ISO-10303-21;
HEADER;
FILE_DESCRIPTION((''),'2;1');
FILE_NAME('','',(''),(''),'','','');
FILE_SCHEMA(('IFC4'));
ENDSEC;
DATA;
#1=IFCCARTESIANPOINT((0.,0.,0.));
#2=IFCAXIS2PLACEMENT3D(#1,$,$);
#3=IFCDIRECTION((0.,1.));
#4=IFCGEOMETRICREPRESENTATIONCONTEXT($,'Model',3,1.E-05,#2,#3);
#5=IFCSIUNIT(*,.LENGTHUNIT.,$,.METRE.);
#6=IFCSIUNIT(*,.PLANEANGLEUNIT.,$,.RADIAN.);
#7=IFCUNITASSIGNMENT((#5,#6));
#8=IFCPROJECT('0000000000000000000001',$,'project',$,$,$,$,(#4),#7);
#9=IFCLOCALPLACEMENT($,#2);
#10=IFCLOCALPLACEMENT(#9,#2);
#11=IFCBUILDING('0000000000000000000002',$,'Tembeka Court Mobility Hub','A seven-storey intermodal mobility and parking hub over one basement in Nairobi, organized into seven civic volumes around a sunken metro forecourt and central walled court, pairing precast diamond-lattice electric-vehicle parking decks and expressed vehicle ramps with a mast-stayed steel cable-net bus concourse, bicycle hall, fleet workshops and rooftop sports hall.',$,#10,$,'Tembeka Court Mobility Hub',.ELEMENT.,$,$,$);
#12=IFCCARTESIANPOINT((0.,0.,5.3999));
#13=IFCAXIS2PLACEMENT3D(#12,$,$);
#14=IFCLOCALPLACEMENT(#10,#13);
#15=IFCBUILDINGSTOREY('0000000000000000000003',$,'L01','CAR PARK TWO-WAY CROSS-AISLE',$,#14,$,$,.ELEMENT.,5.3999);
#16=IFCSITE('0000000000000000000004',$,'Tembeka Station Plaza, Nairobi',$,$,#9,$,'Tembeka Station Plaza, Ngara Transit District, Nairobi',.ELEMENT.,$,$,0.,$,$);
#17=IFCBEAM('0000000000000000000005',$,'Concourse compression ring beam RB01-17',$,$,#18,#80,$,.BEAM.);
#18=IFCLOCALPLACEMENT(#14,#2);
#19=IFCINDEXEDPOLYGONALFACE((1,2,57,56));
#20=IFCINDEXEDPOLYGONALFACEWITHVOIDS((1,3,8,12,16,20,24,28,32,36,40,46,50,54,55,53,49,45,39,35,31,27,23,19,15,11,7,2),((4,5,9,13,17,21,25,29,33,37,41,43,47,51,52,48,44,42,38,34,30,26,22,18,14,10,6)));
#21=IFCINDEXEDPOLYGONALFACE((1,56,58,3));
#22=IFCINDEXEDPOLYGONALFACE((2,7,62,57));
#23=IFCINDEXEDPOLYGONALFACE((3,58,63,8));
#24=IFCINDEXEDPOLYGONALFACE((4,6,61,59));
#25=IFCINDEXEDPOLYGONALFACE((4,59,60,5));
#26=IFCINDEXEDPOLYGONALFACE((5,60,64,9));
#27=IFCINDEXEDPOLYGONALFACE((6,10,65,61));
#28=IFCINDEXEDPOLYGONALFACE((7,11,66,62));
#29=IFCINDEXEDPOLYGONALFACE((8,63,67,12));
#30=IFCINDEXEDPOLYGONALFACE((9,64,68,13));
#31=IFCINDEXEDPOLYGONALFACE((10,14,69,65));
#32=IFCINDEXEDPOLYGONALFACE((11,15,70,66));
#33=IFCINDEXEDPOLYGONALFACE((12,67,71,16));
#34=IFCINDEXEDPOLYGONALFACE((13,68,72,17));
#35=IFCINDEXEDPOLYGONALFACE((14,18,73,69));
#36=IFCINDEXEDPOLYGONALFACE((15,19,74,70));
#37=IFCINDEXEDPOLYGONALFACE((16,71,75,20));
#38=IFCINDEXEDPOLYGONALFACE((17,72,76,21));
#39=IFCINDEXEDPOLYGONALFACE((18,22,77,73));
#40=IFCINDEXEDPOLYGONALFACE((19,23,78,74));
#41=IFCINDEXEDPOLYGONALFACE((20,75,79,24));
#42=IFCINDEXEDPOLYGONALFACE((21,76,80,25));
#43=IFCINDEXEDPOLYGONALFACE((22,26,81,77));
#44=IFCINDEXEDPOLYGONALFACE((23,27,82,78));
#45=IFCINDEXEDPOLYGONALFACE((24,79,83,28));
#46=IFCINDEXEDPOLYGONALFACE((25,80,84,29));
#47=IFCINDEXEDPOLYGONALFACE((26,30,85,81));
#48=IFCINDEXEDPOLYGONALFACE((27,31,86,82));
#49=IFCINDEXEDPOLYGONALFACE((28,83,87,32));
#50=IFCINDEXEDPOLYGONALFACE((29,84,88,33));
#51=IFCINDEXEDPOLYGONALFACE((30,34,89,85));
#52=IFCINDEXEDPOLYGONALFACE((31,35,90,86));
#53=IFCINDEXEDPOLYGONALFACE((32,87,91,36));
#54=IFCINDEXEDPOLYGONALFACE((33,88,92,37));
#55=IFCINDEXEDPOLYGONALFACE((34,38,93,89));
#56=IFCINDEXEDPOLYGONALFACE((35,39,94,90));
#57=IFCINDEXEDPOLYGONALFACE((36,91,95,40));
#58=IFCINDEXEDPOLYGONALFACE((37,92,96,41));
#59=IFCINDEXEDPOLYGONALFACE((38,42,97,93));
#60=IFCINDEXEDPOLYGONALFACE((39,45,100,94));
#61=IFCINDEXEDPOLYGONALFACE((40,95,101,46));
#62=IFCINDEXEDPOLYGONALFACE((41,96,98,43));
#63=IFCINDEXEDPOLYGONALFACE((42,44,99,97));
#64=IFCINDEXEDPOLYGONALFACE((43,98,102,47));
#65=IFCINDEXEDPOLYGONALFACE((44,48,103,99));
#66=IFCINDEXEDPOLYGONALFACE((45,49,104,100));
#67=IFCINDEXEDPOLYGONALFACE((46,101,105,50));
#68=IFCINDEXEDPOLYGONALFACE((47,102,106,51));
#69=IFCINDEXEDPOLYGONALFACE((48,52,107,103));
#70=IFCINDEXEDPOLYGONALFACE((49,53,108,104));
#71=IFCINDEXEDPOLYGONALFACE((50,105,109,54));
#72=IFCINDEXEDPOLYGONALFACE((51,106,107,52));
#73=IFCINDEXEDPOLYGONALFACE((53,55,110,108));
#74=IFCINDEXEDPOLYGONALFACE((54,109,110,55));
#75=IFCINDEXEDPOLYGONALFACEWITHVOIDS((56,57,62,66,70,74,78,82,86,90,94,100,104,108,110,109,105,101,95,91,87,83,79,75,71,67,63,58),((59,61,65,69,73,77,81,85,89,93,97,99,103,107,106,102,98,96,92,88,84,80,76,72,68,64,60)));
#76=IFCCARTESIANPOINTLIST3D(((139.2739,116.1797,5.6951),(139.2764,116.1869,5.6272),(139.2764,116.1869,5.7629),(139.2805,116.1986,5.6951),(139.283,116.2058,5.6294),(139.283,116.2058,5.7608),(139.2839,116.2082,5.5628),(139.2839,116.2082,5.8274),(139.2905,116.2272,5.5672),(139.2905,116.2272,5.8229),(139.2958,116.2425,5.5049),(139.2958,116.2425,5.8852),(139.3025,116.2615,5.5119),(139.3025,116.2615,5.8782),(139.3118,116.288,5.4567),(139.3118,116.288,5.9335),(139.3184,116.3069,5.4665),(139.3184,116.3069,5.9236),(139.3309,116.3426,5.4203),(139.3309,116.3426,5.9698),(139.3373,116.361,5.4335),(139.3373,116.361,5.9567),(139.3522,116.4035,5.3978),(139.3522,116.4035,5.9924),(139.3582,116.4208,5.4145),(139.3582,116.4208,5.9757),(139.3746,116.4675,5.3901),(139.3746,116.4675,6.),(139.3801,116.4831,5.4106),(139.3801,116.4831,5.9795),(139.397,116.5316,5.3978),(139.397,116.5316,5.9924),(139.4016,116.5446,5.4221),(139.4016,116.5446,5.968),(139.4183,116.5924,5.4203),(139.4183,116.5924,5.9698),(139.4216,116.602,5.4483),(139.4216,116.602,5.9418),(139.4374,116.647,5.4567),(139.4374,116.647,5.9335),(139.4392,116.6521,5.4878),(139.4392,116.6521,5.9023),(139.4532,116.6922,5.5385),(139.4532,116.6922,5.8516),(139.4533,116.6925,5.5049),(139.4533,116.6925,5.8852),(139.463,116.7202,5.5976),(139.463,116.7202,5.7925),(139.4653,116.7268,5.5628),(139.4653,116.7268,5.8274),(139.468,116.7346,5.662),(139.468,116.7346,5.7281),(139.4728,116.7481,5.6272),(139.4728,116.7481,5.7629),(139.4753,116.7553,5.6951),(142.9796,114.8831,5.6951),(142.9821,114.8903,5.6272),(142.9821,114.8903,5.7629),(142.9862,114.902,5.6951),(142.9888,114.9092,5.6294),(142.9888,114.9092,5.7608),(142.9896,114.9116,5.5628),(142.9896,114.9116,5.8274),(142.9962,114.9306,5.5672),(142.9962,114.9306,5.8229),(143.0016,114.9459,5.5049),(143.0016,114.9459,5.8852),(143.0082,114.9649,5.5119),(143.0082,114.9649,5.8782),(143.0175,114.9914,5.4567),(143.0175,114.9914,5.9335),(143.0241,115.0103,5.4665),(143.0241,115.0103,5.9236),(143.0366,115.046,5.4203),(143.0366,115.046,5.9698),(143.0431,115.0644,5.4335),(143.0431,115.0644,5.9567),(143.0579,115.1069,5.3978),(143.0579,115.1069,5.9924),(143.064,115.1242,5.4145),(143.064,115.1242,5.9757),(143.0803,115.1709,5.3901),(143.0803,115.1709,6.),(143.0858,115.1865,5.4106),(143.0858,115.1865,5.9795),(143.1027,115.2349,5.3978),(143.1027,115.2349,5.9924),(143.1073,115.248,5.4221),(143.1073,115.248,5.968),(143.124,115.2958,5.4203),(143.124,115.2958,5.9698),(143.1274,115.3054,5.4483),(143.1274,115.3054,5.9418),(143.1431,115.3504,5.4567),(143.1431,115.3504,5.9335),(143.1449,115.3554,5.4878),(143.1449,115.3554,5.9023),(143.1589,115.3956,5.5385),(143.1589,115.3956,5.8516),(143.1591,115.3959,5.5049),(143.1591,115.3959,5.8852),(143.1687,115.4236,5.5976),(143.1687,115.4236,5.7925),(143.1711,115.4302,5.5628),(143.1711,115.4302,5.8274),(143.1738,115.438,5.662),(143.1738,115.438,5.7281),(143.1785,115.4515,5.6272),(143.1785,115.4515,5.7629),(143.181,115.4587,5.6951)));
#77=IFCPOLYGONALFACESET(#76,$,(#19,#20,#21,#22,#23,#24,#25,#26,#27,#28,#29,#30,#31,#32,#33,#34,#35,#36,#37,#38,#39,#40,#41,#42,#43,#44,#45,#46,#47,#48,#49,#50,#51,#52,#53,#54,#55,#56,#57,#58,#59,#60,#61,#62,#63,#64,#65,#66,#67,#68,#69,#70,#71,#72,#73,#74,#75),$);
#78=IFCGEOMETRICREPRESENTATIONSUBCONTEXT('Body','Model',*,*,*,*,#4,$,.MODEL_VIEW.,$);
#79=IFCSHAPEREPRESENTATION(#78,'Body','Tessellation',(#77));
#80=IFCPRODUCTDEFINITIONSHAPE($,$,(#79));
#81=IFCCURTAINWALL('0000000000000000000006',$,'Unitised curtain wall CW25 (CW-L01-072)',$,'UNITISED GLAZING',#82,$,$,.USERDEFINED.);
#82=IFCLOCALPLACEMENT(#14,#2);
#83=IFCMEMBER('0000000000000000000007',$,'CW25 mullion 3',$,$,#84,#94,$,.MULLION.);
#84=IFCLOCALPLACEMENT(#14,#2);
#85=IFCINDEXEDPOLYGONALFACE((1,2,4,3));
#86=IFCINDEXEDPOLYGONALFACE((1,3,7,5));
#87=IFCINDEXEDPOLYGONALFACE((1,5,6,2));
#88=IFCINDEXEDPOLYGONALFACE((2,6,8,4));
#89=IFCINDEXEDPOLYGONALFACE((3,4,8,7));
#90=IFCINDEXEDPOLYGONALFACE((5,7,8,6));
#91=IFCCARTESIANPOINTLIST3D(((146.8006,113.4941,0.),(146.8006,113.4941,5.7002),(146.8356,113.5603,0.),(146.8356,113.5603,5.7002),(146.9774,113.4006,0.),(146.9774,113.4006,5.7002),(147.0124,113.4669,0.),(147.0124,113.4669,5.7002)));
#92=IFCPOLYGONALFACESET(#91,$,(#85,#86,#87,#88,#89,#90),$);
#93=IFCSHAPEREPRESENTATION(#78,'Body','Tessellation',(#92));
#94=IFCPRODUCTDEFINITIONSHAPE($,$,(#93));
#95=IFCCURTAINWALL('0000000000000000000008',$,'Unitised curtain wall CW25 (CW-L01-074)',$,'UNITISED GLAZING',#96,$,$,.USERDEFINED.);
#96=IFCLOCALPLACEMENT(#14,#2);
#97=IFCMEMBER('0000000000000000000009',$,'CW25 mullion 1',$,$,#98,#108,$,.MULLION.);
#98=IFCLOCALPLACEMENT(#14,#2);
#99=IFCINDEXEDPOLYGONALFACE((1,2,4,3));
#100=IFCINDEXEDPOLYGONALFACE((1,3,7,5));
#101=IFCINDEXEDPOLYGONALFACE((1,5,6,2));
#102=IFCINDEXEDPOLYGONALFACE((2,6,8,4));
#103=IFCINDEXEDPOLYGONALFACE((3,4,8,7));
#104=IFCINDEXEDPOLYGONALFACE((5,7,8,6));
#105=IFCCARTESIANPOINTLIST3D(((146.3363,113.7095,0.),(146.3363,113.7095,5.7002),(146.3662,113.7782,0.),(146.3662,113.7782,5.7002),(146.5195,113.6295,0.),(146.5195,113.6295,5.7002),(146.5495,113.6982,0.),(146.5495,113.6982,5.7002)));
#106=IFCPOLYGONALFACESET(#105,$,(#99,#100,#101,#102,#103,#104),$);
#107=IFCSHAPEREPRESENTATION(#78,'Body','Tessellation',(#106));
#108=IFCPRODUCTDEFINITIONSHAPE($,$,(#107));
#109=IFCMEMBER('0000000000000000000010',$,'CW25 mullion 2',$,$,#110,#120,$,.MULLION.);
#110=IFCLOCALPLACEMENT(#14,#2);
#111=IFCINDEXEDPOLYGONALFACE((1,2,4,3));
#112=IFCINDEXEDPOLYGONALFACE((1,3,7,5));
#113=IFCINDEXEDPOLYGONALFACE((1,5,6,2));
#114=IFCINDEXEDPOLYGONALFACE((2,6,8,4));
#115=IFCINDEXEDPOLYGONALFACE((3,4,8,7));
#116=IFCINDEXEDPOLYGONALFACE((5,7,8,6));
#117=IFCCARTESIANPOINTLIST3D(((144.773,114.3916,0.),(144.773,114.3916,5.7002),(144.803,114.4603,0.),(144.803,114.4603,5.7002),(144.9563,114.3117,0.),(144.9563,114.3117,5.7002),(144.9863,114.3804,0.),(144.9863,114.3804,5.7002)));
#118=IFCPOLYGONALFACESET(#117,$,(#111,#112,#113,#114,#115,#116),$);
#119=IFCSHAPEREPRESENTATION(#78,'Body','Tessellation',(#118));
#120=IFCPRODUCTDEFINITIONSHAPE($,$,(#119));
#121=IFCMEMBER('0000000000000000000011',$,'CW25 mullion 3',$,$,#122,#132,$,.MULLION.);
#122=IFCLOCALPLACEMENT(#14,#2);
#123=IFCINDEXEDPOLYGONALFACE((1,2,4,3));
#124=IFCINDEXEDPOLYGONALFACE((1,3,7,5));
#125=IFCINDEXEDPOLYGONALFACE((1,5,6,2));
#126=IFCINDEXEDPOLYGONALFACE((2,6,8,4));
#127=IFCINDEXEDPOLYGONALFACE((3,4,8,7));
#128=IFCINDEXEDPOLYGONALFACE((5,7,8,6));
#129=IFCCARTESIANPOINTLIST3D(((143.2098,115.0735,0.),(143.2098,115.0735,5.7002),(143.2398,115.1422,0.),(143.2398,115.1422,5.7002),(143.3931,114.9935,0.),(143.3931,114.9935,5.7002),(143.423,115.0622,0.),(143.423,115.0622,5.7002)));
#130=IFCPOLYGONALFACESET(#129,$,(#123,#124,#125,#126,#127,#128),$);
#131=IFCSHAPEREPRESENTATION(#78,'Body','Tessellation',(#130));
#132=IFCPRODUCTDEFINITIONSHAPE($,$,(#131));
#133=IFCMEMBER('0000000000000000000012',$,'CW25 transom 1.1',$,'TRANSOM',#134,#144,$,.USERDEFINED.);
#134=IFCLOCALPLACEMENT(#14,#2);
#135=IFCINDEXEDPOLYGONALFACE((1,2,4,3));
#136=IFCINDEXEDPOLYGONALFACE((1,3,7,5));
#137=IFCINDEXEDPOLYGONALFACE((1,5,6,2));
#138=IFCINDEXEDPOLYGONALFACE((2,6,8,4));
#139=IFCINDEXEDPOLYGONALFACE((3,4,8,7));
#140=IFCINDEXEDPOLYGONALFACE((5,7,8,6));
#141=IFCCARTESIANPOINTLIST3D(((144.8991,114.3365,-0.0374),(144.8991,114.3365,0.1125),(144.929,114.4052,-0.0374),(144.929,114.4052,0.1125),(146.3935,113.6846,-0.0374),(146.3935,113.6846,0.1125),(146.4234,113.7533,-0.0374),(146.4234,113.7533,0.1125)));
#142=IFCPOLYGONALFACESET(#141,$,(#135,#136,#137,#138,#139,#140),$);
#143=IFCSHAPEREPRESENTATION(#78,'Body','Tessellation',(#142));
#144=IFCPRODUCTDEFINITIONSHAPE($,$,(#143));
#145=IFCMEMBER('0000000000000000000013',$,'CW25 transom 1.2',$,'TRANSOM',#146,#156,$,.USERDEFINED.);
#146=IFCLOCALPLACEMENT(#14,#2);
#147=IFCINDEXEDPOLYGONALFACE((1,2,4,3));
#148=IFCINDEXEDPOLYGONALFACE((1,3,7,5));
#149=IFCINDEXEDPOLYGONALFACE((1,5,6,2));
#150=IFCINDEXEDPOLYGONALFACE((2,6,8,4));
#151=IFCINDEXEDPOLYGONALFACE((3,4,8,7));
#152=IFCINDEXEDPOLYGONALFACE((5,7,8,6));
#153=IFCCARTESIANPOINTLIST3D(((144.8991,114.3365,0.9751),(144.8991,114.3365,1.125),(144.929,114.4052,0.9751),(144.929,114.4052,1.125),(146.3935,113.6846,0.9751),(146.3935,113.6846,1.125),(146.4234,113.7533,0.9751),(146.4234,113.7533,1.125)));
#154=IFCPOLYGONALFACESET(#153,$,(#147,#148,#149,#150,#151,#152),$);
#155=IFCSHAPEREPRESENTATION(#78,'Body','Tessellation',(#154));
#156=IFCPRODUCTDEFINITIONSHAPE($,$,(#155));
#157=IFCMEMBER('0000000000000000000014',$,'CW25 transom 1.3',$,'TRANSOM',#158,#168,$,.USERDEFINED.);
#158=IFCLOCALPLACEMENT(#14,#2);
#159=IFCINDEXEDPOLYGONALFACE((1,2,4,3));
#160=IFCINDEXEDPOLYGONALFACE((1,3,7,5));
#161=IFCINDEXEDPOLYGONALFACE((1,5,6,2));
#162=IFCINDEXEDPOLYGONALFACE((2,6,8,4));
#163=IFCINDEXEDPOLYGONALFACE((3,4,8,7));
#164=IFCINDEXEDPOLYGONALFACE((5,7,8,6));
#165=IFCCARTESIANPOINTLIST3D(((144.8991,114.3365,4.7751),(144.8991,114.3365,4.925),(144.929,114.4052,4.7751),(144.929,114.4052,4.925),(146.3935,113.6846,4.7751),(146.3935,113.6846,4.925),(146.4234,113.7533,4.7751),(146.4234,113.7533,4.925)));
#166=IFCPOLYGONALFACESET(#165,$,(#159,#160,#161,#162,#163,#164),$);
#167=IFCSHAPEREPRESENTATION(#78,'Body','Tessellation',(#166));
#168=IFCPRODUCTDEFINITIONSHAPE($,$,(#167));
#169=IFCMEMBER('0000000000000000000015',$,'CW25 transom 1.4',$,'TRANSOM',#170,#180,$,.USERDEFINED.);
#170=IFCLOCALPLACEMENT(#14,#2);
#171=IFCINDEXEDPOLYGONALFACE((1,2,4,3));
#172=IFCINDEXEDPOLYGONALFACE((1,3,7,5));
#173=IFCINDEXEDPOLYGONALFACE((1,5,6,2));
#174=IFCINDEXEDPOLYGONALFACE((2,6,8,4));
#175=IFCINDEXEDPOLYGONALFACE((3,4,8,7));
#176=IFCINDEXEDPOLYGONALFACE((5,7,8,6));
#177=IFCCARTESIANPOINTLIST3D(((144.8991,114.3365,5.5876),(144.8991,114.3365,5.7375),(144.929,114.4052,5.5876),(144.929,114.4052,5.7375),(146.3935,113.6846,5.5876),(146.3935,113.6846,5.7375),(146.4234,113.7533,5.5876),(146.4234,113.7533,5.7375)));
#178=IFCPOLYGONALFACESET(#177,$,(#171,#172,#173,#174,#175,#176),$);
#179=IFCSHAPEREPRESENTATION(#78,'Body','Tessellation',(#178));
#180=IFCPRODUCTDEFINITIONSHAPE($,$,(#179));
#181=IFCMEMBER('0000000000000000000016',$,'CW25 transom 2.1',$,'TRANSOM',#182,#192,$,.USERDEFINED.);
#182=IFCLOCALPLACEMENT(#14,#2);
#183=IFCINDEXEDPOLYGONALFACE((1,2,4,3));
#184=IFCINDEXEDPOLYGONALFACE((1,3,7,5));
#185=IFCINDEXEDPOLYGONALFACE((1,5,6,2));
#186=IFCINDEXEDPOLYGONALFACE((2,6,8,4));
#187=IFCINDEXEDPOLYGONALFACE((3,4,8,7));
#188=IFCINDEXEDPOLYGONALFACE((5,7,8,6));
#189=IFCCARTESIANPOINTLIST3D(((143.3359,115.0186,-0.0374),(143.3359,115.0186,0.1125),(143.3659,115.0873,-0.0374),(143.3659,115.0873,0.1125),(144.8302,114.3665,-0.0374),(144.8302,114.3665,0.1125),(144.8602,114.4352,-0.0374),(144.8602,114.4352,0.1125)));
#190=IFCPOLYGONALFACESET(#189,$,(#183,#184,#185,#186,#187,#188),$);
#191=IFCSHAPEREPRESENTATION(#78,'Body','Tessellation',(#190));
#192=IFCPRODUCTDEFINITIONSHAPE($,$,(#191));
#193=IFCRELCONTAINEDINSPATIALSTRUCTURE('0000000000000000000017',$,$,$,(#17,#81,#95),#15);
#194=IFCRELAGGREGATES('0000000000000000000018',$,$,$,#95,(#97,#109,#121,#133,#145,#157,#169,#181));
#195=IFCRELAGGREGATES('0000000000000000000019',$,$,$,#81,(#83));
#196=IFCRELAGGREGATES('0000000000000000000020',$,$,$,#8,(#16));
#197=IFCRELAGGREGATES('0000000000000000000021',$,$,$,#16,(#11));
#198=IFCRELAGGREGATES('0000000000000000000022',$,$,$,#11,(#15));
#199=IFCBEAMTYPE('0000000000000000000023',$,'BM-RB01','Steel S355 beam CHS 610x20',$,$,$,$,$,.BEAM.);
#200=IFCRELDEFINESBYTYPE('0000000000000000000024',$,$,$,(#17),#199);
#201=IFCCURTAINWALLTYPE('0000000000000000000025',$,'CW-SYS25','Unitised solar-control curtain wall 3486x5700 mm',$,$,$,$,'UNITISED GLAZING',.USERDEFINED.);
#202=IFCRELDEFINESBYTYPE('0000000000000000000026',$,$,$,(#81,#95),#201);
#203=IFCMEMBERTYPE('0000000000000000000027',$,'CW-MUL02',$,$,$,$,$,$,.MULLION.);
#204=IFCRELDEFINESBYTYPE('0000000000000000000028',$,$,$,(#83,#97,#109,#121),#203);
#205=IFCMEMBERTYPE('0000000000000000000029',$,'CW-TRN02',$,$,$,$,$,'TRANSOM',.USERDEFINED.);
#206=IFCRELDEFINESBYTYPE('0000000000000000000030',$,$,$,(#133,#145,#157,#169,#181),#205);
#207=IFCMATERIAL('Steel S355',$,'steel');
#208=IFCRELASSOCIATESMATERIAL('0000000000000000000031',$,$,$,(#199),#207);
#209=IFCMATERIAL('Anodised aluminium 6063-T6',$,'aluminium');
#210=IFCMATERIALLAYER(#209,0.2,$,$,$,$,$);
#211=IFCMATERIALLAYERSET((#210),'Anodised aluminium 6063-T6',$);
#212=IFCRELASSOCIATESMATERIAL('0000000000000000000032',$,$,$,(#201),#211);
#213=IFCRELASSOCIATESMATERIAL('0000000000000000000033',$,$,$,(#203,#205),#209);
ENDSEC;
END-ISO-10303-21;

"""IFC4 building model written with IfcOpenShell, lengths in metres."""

from ifc_helpers import new_model, si_unit, direction, frame, origin, origin_2d, place, context, subcontext, project, spatial, rectangle, hollow_circle, extrude, material, layer, layer_set, material_profile, profile_set, type_object, element, aggregate, save


model = new_model("IFC4")

# Units and contexts
model_context = context("Model", 3, precision=1e-05, world=origin(), true_north=direction((0.0, 1.0)))
body_context = subcontext(model_context, "Body", "Model", "MODEL_VIEW")
ifc_project = project(units=[si_unit("LENGTHUNIT", "METRE"), si_unit("PLANEANGLEUNIT", "RADIAN")], contexts=[model_context])

# Site, building, storey
site_placement = place(None, origin())
site = spatial("IfcSite", under=ifc_project, at=site_placement, Name="Tembeka Station Plaza, Nairobi", LongName="Tembeka Station Plaza, Ngara Transit District, Nairobi", CompositionType="ELEMENT", RefElevation=0.0)
building_placement = place(site_placement, origin())
building = spatial("IfcBuilding", under=site, at=building_placement, Name="Tembeka Court Mobility Hub", Description="A seven-storey intermodal mobility and parking hub over one basement in Nairobi, organized into seven civic volumes around a sunken metro forecourt and central walled court, pairing precast diamond-lattice electric-vehicle parking decks and expressed vehicle ramps with a mast-stayed steel cable-net bus concourse, bicycle hall, fleet workshops and rooftop sports hall.", LongName="Tembeka Court Mobility Hub", CompositionType="ELEMENT")
storey_placement = place(building_placement, frame((0.0, 0.0, 5.3999)))
storey = spatial("IfcBuildingStorey", under=building, at=storey_placement, Name="L01", Description="CAR PARK TWO-WAY CROSS-AISLE", CompositionType="ELEMENT", Elevation=5.3999)

# Shared definitions
ifc_material_1 = material(Name="Steel S355", Category="steel")

# Beam
ifc_material_profile_1 = material_profile(ifc_material_1, hollow_circle(Radius=0.3049, WallThickness=0.02, at=origin_2d()), Name="CHS 610x20")
ifc_profile_set_1 = profile_set([ifc_material_profile_1], Name="Steel S355")
beam_type = type_object("IfcBeamType", Name="BM-RB01", Description="Steel S355 beam CHS 610x20", PredefinedType="BEAM", material=ifc_profile_set_1)
beam_1_placement = place(storey_placement, frame((143.0803, 115.1709, 5.6951), z_axis=(-0.94389, 0.330259, 0.0), x_axis=(-0.330259, -0.94389, 0.0)))
element("IfcBeam", 1, at=beam_1_placement, inside=storey, type_object=beam_type, Name="Concourse compression ring beam RB01-17", PredefinedType="BEAM", context=body_context, shape_type="SweptSolid", body=[
    extrude(hollow_circle(Radius=0.3049, WallThickness=0.02, at=origin_2d()), origin(), (0.0, 0.0, 1.0), 3.926),
])

# Curtain wall, member
ifc_material_2 = material(Name="Anodised aluminium 6063-T6", Category="aluminium")
ifc_layer_1 = layer(ifc_material_2, 0.2)
ifc_layer_set_1 = layer_set([ifc_layer_1], Name="Anodised aluminium 6063-T6")
curtain_wall_type = type_object("IfcCurtainWallType", Name="CW-SYS25", Description="Unitised solar-control curtain wall 3486x5700 mm", ElementType="UNITISED GLAZING", PredefinedType="USERDEFINED", material=ifc_layer_set_1)
curtain_wall_1_placement = place(storey_placement, origin())
curtain_wall_1 = element("IfcCurtainWall", 2, at=curtain_wall_1_placement, inside=storey, type_object=curtain_wall_type, Name="Unitised curtain wall CW25 (CW-L01-072)", ObjectType="UNITISED GLAZING", PredefinedType="USERDEFINED")
ifc_material_profile_2 = material_profile(ifc_material_2, rectangle(XDim=0.075, YDim=0.2, at=origin_2d()), Name="ALU-MUL 75x200")
ifc_profile_set_2 = profile_set([ifc_material_profile_2], Name="Anodised aluminium 6063-T6")
member_type_1 = type_object("IfcMemberType", Name="CW-MUL02", PredefinedType="MULLION", material=ifc_profile_set_2)
member_1_placement = place(storey_placement, frame((146.9065, 113.4805, 0.0), z_axis=(0.0, 0.0, 1.0), x_axis=(-0.467283, -0.884108, 0.0)))
member_1 = element("IfcMember", 3, at=member_1_placement, type_object=member_type_1, Name="CW25 mullion 3", PredefinedType="MULLION", context=body_context, shape_type="SweptSolid", body=[
    extrude(rectangle(XDim=0.075, YDim=0.2, at=origin_2d()), origin(), (0.0, 0.0, 1.0), 5.7002),
])

# Curtain wall, members
curtain_wall_2_placement = place(storey_placement, origin())
curtain_wall_2 = element("IfcCurtainWall", 4, at=curtain_wall_2_placement, inside=storey, type_object=curtain_wall_type, Name="Unitised curtain wall CW25 (CW-L01-074)", ObjectType="UNITISED GLAZING", PredefinedType="USERDEFINED")
member_2_placement = place(storey_placement, frame((146.4429, 113.7039, 0.0), z_axis=(0.0, 0.0, 1.0), x_axis=(-0.399869, -0.916572, 0.0)))
member_2 = element("IfcMember", 5, at=member_2_placement, type_object=member_type_1, Name="CW25 mullion 1", PredefinedType="MULLION", context=body_context, shape_type="SweptSolid", body=[
    extrude(rectangle(XDim=0.075, YDim=0.2, at=origin_2d()), origin(), (0.0, 0.0, 1.0), 5.7002),
])
member_3_placement = place(storey_placement, frame((144.8796, 114.386, 0.0), z_axis=(0.0, 0.0, 1.0), x_axis=(-0.399869, -0.916572, 0.0)))
member_3 = element("IfcMember", 6, at=member_3_placement, type_object=member_type_1, Name="CW25 mullion 2", PredefinedType="MULLION", context=body_context, shape_type="SweptSolid", body=[
    extrude(rectangle(XDim=0.075, YDim=0.2, at=origin_2d()), origin(), (0.0, 0.0, 1.0), 5.7002),
])
member_4_placement = place(storey_placement, frame((143.3164, 115.0679, 0.0), z_axis=(0.0, 0.0, 1.0), x_axis=(-0.399869, -0.916572, 0.0)))
member_4 = element("IfcMember", 7, at=member_4_placement, type_object=member_type_1, Name="CW25 mullion 3", PredefinedType="MULLION", context=body_context, shape_type="SweptSolid", body=[
    extrude(rectangle(XDim=0.075, YDim=0.2, at=origin_2d()), origin(), (0.0, 0.0, 1.0), 5.7002),
])
ifc_material_profile_3 = material_profile(ifc_material_2, rectangle(XDim=0.075, YDim=0.1499, at=origin_2d()), Name="ALU-TRN 75x150")
ifc_profile_set_3 = profile_set([ifc_material_profile_3], Name="Anodised aluminium 6063-T6")
member_type_2 = type_object("IfcMemberType", Name="CW-TRN02", ElementType="TRANSOM", PredefinedType="USERDEFINED", material=ifc_profile_set_3)
member_5_placement = place(storey_placement, frame((146.4084, 113.719, 0.0376), z_axis=(-0.916593, 0.399821, 0.0), x_axis=(-0.399821, -0.916593, 0.0)))
member_5 = element("IfcMember", 8, at=member_5_placement, type_object=member_type_2, Name="CW25 transom 1.1", ObjectType="TRANSOM", PredefinedType="USERDEFINED", context=body_context, shape_type="SweptSolid", body=[
    extrude(rectangle(XDim=0.075, YDim=0.1499, at=origin_2d()), origin(), (0.0, 0.0, 1.0), 1.6304),
])
member_6_placement = place(storey_placement, frame((146.4084, 113.719, 1.05), z_axis=(-0.916593, 0.399821, 0.0), x_axis=(-0.399821, -0.916593, 0.0)))
member_6 = element("IfcMember", 9, at=member_6_placement, type_object=member_type_2, Name="CW25 transom 1.2", ObjectType="TRANSOM", PredefinedType="USERDEFINED", context=body_context, shape_type="SweptSolid", body=[
    extrude(rectangle(XDim=0.075, YDim=0.1499, at=origin_2d()), origin(), (0.0, 0.0, 1.0), 1.6304),
])
member_7_placement = place(storey_placement, frame((146.4084, 113.719, 4.8501), z_axis=(-0.916593, 0.399821, 0.0), x_axis=(-0.399821, -0.916593, 0.0)))
member_7 = element("IfcMember", 10, at=member_7_placement, type_object=member_type_2, Name="CW25 transom 1.3", ObjectType="TRANSOM", PredefinedType="USERDEFINED", context=body_context, shape_type="SweptSolid", body=[
    extrude(rectangle(XDim=0.075, YDim=0.1499, at=origin_2d()), origin(), (0.0, 0.0, 1.0), 1.6304),
])
member_8_placement = place(storey_placement, frame((146.4084, 113.719, 5.6626), z_axis=(-0.916593, 0.399821, 0.0), x_axis=(-0.399821, -0.916593, 0.0)))
member_8 = element("IfcMember", 11, at=member_8_placement, type_object=member_type_2, Name="CW25 transom 1.4", ObjectType="TRANSOM", PredefinedType="USERDEFINED", context=body_context, shape_type="SweptSolid", body=[
    extrude(rectangle(XDim=0.075, YDim=0.1499, at=origin_2d()), origin(), (0.0, 0.0, 1.0), 1.6304),
])
member_9_placement = place(storey_placement, frame((144.8452, 114.4009, 0.0376), z_axis=(-0.916538, 0.399947, 0.0), x_axis=(-0.399947, -0.916538, 0.0)))
member_9 = element("IfcMember", 12, at=member_9_placement, type_object=member_type_2, Name="CW25 transom 2.1", ObjectType="TRANSOM", PredefinedType="USERDEFINED", context=body_context, shape_type="SweptSolid", body=[
    extrude(rectangle(XDim=0.075, YDim=0.1499, at=origin_2d()), origin(), (0.0, 0.0, 1.0), 1.6304),
])
aggregate(curtain_wall_2, [member_2, member_3, member_4, member_5, member_6, member_7, member_8, member_9])

aggregate(curtain_wall_1, [member_1])

save(model, "model.ifc")
